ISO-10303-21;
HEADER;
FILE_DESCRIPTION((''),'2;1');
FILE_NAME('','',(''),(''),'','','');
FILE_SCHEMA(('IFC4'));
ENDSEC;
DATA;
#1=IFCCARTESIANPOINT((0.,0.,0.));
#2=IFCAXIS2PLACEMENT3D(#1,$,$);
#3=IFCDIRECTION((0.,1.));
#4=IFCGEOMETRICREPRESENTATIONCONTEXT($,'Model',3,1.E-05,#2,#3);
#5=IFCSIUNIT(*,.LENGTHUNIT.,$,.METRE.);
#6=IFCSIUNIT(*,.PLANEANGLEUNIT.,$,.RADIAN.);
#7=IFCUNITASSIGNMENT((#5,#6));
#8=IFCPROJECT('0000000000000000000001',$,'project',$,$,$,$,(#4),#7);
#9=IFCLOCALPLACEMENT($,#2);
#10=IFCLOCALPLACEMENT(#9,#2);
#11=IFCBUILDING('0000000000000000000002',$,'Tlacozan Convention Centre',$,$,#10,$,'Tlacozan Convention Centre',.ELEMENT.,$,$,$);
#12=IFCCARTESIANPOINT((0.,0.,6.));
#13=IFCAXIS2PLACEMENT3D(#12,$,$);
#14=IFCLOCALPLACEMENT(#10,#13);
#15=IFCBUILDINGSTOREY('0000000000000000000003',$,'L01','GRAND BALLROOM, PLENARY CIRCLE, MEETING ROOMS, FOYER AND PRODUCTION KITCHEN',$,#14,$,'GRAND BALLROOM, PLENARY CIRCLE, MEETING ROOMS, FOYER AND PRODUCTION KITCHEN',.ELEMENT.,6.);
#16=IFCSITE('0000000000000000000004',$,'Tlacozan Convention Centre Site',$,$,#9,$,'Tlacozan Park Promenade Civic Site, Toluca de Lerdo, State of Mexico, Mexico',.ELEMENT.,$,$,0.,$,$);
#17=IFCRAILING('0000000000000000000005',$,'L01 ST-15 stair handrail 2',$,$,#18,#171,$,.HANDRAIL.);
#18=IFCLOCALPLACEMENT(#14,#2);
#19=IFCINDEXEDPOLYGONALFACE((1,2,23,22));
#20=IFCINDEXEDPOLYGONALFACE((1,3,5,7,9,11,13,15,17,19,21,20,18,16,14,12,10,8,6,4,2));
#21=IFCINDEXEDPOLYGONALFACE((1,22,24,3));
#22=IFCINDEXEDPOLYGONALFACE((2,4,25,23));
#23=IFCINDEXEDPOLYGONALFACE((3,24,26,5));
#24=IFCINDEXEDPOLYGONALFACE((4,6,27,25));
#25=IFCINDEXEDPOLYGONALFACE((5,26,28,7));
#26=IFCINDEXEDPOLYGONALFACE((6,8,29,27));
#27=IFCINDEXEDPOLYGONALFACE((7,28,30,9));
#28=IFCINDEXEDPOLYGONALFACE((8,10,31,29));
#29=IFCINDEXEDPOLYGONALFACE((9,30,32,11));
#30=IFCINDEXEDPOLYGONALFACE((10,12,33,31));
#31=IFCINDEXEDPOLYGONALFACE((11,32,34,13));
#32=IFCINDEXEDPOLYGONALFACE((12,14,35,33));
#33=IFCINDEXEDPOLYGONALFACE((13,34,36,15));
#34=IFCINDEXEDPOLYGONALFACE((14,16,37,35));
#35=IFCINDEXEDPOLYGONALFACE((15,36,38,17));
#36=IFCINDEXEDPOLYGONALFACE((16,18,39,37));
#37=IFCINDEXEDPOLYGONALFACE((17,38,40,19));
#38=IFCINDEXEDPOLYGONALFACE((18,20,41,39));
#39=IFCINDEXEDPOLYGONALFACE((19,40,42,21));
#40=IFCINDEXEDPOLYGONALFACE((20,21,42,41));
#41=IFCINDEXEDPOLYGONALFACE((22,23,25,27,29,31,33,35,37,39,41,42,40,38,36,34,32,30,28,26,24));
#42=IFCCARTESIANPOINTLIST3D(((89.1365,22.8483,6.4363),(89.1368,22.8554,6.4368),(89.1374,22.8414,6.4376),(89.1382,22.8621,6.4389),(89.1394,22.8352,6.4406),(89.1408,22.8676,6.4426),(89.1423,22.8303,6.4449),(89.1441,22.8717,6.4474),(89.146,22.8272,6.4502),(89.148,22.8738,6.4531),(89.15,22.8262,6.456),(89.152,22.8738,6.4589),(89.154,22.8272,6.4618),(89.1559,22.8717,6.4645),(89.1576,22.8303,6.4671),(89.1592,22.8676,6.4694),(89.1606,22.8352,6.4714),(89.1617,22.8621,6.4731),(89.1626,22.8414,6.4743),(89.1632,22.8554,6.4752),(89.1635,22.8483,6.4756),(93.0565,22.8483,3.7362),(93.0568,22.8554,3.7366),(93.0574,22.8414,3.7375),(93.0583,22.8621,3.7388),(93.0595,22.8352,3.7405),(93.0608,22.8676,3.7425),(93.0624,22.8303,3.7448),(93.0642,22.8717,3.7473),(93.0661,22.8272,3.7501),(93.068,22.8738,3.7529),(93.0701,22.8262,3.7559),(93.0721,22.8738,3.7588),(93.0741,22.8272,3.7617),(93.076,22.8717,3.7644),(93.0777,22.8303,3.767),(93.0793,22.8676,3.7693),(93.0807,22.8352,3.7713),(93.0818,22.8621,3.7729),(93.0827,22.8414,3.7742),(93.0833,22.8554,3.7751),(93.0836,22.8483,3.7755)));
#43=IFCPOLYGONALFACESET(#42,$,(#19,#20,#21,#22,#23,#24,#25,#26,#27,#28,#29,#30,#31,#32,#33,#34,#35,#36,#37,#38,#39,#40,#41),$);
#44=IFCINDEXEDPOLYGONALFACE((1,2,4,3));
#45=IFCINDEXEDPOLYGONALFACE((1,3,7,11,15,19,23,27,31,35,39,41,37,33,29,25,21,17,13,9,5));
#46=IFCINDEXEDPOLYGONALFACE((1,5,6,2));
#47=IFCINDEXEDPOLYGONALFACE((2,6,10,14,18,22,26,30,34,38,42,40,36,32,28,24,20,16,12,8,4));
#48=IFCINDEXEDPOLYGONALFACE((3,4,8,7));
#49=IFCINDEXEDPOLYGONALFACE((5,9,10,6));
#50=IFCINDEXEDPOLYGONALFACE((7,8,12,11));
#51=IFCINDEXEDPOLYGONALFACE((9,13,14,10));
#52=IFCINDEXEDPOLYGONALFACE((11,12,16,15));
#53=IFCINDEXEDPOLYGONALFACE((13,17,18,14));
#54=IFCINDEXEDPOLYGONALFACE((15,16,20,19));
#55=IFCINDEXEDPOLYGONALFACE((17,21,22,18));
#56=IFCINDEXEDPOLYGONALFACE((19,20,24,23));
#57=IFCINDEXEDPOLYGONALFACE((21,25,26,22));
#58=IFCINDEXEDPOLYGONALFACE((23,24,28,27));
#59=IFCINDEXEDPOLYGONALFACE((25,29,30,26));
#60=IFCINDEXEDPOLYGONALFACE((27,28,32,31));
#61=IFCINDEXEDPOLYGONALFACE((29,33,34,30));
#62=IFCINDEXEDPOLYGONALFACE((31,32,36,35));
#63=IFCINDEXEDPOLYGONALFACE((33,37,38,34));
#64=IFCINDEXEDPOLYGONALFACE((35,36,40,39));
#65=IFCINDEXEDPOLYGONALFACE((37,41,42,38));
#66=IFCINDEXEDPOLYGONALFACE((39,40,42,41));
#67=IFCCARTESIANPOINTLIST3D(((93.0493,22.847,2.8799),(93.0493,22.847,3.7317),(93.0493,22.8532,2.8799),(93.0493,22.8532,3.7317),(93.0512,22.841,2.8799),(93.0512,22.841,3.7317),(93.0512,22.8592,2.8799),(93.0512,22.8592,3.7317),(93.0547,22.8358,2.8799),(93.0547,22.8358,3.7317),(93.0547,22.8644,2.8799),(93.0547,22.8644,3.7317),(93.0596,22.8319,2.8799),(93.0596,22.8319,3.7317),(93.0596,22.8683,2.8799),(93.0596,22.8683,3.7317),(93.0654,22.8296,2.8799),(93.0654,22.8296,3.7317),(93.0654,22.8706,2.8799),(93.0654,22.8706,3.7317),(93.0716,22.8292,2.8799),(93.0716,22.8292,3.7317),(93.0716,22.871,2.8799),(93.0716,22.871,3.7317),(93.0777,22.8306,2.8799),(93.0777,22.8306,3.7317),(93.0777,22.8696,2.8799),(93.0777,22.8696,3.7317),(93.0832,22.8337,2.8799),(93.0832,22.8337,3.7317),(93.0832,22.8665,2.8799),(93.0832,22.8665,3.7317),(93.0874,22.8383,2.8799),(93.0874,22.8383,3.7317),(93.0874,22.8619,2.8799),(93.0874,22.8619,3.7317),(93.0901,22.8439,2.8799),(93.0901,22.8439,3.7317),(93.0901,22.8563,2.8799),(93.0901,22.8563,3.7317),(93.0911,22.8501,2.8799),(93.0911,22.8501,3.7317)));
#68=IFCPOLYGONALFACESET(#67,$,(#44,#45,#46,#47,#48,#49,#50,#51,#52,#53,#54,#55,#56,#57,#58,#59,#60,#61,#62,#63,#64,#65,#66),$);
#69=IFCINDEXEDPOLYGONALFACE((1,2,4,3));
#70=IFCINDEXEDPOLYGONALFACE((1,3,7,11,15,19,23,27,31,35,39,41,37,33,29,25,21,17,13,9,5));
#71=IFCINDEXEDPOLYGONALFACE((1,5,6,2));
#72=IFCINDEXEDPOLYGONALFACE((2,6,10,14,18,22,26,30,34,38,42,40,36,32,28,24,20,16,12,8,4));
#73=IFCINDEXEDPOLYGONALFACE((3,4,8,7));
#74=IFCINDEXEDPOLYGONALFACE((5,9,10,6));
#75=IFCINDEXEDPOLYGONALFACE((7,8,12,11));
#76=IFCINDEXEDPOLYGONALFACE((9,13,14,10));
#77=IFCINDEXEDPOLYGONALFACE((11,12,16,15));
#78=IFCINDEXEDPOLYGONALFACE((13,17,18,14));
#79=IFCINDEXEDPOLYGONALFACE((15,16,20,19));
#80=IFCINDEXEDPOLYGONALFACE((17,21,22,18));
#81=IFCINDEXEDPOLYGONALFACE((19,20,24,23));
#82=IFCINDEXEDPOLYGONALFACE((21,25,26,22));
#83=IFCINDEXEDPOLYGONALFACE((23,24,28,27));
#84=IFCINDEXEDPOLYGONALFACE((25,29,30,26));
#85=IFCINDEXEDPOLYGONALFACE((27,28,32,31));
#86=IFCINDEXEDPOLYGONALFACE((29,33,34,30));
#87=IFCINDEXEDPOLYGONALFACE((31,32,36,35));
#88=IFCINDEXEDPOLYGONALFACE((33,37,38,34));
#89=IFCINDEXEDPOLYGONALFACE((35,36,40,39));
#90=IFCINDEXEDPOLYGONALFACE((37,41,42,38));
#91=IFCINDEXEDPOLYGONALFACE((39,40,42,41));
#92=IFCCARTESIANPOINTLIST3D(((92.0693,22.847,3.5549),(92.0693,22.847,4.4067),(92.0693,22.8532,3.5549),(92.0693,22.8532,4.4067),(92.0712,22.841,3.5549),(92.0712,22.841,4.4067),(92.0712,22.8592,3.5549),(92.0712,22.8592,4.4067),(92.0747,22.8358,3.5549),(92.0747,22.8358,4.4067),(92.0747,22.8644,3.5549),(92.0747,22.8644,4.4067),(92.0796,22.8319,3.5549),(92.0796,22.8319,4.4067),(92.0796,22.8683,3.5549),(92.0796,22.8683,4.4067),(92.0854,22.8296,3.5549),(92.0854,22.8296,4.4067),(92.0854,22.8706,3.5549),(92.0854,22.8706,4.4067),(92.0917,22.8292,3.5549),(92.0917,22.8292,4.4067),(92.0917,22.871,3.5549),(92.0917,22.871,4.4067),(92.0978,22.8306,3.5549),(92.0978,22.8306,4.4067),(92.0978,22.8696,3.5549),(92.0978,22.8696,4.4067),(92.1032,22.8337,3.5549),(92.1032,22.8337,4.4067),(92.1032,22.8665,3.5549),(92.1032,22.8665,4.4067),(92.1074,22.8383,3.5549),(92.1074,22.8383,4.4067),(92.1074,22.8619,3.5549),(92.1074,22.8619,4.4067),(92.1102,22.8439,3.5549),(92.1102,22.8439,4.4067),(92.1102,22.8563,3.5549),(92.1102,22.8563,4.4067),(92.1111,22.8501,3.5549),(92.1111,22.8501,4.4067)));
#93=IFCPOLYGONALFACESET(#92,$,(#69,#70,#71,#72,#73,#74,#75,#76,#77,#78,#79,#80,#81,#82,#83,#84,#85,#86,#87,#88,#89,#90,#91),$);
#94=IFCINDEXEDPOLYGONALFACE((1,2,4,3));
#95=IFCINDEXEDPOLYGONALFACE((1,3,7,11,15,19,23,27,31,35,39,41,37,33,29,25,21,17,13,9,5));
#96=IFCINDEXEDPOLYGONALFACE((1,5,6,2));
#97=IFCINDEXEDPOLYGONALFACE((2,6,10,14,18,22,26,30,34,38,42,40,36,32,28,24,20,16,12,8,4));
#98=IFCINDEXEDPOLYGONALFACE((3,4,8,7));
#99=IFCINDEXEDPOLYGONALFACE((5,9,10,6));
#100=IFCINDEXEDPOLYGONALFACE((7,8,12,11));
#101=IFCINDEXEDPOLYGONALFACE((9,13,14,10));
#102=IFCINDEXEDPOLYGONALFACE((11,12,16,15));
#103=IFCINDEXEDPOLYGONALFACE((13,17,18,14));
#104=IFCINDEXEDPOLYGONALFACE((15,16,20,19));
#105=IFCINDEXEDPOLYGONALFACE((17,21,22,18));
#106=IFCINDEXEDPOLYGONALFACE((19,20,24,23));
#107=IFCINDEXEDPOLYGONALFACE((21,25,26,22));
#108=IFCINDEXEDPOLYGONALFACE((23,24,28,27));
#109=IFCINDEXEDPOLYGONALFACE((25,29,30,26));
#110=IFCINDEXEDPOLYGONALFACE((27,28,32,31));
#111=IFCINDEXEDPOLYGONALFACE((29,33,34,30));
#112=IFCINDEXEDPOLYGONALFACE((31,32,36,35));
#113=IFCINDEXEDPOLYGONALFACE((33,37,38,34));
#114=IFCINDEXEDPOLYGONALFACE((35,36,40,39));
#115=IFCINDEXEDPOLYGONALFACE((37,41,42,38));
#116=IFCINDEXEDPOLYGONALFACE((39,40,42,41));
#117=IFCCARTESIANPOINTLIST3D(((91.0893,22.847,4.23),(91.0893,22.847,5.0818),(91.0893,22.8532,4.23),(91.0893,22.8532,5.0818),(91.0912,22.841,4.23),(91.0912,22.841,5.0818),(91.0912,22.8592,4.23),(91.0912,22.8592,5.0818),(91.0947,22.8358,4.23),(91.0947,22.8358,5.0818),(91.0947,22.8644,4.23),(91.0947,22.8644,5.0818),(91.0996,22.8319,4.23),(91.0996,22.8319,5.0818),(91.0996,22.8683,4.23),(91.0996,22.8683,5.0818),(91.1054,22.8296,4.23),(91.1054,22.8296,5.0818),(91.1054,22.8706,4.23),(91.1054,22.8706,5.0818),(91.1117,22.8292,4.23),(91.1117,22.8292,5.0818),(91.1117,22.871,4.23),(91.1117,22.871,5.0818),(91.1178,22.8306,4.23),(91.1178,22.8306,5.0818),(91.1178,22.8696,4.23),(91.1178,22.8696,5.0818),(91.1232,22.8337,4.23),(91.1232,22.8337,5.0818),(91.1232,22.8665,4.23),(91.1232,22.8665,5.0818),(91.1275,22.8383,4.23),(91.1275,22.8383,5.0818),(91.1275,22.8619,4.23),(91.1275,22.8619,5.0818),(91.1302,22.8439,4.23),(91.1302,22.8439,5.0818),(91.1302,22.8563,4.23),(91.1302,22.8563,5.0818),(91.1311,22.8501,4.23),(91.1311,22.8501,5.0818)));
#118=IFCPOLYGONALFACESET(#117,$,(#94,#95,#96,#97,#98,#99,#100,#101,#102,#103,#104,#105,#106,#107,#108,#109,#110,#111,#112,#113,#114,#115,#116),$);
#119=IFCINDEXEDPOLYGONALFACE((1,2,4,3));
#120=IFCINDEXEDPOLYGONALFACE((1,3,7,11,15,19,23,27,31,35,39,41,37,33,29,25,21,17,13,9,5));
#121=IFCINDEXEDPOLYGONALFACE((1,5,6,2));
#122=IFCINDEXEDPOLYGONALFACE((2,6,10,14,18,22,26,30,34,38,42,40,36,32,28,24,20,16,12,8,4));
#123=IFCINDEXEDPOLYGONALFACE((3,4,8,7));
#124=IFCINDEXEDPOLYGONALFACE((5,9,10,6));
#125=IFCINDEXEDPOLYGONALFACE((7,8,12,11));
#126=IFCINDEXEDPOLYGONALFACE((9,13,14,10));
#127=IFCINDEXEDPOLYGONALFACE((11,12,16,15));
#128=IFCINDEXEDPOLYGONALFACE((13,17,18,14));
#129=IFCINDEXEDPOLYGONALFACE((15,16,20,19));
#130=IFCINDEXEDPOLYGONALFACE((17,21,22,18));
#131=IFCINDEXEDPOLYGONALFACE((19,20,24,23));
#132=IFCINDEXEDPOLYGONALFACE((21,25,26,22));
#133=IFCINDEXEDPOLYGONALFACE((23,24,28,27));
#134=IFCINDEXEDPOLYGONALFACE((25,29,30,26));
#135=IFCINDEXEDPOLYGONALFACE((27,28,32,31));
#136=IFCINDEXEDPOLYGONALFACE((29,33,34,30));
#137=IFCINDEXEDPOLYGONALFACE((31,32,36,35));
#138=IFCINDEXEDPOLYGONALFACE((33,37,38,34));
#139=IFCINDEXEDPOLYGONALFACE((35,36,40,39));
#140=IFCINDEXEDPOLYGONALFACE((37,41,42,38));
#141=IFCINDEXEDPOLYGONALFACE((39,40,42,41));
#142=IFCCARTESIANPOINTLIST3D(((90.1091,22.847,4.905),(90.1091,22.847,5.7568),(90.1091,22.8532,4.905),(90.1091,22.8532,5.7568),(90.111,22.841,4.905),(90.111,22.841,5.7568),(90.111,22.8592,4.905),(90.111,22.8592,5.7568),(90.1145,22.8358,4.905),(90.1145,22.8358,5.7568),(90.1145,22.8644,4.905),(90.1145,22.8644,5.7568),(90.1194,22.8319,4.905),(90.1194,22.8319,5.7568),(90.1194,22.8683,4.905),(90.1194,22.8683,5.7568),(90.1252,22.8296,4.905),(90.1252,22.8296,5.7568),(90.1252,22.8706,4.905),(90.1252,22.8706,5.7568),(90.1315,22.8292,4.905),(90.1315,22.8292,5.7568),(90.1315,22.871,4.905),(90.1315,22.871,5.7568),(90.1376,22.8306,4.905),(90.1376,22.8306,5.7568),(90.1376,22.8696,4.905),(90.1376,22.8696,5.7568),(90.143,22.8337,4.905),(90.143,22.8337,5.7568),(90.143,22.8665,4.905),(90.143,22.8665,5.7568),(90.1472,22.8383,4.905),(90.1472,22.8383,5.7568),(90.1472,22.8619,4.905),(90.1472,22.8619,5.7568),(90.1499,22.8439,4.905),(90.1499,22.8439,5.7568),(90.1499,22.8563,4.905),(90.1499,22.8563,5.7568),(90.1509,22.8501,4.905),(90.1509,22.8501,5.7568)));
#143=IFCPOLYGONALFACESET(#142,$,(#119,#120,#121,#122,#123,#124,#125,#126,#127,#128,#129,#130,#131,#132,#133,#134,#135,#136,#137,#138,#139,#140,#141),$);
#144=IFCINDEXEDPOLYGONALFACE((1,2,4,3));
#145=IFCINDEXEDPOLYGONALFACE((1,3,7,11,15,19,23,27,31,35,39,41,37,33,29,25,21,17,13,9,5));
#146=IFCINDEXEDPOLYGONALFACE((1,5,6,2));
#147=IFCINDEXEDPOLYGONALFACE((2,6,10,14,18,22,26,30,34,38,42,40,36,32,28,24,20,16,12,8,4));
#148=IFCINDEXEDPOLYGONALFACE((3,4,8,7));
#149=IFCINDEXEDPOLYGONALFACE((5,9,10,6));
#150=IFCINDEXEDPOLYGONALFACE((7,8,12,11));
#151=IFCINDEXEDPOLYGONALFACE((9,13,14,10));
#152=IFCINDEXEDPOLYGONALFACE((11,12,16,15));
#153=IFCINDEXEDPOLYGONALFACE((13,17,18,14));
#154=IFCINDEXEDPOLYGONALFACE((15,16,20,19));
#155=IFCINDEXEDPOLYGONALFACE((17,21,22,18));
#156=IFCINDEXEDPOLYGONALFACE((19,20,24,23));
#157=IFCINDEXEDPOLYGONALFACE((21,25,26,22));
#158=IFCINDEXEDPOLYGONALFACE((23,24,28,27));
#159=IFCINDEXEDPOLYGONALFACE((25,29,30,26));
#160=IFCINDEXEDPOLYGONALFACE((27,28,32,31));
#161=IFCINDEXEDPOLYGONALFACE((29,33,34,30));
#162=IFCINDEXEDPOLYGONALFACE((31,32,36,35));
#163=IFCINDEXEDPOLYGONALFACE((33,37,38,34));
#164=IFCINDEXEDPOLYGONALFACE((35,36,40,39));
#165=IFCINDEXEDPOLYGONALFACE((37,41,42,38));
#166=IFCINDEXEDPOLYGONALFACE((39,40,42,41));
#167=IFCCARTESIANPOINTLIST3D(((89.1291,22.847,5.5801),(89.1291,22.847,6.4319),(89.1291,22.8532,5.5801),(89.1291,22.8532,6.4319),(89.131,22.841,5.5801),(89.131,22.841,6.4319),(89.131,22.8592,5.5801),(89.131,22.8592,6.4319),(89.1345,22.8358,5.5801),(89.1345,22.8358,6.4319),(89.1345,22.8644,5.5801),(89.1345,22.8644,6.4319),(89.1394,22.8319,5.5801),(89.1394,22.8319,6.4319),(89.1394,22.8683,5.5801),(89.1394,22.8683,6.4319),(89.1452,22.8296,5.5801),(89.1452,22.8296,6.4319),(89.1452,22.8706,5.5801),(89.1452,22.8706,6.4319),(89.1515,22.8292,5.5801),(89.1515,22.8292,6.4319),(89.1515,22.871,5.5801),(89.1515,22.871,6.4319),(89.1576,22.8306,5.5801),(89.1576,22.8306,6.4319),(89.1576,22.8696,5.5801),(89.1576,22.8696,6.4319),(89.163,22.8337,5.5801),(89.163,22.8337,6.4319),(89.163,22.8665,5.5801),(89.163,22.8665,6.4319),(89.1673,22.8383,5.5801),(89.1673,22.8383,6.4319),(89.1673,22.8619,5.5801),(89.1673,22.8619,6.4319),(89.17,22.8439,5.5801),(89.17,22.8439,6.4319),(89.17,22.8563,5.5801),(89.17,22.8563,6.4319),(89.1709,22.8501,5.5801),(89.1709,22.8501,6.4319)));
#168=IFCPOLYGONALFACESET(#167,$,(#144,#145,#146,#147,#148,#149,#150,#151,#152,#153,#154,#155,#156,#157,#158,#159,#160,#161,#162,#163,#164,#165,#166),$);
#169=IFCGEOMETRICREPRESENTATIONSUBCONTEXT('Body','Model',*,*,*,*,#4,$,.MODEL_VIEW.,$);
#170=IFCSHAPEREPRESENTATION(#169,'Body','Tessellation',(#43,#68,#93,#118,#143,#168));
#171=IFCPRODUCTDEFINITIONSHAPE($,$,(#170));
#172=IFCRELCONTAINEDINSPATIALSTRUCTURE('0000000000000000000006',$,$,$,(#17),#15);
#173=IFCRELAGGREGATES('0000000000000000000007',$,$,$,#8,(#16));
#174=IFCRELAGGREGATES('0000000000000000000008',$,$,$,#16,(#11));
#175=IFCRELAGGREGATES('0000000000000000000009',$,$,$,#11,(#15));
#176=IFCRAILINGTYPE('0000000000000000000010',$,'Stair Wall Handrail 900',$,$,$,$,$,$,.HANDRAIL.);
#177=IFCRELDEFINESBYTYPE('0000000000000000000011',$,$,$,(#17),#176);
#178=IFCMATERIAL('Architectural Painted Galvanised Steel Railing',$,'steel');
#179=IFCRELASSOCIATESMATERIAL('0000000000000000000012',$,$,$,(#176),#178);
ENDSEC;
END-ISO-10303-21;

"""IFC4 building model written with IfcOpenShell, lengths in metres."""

from ifc_helpers import new_model, si_unit, direction, frame, origin, origin_2d, place, context, subcontext, project, spatial, circle, extrude, material, type_object, element, save


model = new_model("IFC4")

# Units and contexts
model_context = context("Model", 3, precision=1e-05, world=origin(), true_north=direction((0.0, 1.0)))
body_context = subcontext(model_context, "Body", "Model", "MODEL_VIEW")
ifc_project = project(units=[si_unit("LENGTHUNIT", "METRE"), si_unit("PLANEANGLEUNIT", "RADIAN")], contexts=[model_context])

# Site, building, storey
site_placement = place(None, origin())
site = spatial("IfcSite", under=ifc_project, at=site_placement, Name="Tlacozan Convention Centre Site", LongName="Tlacozan Park Promenade Civic Site, Toluca de Lerdo, State of Mexico, Mexico", CompositionType="ELEMENT", RefElevation=0.0)
building_placement = place(site_placement, origin())
building = spatial("IfcBuilding", under=site, at=building_placement, Name="Tlacozan Convention Centre", LongName="Tlacozan Convention Centre", CompositionType="ELEMENT")
storey_placement = place(building_placement, frame((0.0, 0.0, 6.0)))
storey = spatial("IfcBuildingStorey", under=building, at=storey_placement, Name="L01", Description="GRAND BALLROOM, PLENARY CIRCLE, MEETING ROOMS, FOYER AND PRODUCTION KITCHEN", LongName="GRAND BALLROOM, PLENARY CIRCLE, MEETING ROOMS, FOYER AND PRODUCTION KITCHEN", CompositionType="ELEMENT", Elevation=6.0)

# Railing
ifc_material_1 = material(Name="Architectural Painted Galvanised Steel Railing", Category="steel")
railing_type_1 = type_object("IfcRailingType", Name="Stair Wall Handrail 900", PredefinedType="HANDRAIL", material=ifc_material_1)
railing_1_placement = place(storey_placement, frame((93.0701, 22.8501, 2.8799)))
element("IfcRailing", 1, at=railing_1_placement, inside=storey, type_object=railing_type_1, Name="L01 ST-15 stair handrail 2", PredefinedType="HANDRAIL", context=body_context, shape_type="SweptSolid", body=[
    extrude(circle(Radius=0.0239, at=origin_2d()), frame((0.0, 0.0, 0.876), z_axis=(-0.823543, 0.0, 0.567253), x_axis=(0.0, -1.0, 0.0)), (0.0, 0.0, 1.0), 4.76),
    extrude(circle(Radius=0.021, at=origin_2d()), origin(), (0.0, 0.0, 1.0), 0.8518),
    extrude(circle(Radius=0.021, at=origin_2d()), frame((-0.98, 0.0, 0.675)), (0.0, 0.0, 1.0), 0.8518),
    extrude(circle(Radius=0.021, at=origin_2d()), frame((-1.96, 0.0, 1.3501)), (0.0, 0.0, 1.0), 0.8518),
    extrude(circle(Radius=0.021, at=origin_2d()), frame((-2.9402, 0.0, 2.0251)), (0.0, 0.0, 1.0), 0.8518),
    extrude(circle(Radius=0.021, at=origin_2d()), frame((-3.9202, 0.0, 2.7002)), (0.0, 0.0, 1.0), 0.8518),
])

save(model, "model.ifc")
